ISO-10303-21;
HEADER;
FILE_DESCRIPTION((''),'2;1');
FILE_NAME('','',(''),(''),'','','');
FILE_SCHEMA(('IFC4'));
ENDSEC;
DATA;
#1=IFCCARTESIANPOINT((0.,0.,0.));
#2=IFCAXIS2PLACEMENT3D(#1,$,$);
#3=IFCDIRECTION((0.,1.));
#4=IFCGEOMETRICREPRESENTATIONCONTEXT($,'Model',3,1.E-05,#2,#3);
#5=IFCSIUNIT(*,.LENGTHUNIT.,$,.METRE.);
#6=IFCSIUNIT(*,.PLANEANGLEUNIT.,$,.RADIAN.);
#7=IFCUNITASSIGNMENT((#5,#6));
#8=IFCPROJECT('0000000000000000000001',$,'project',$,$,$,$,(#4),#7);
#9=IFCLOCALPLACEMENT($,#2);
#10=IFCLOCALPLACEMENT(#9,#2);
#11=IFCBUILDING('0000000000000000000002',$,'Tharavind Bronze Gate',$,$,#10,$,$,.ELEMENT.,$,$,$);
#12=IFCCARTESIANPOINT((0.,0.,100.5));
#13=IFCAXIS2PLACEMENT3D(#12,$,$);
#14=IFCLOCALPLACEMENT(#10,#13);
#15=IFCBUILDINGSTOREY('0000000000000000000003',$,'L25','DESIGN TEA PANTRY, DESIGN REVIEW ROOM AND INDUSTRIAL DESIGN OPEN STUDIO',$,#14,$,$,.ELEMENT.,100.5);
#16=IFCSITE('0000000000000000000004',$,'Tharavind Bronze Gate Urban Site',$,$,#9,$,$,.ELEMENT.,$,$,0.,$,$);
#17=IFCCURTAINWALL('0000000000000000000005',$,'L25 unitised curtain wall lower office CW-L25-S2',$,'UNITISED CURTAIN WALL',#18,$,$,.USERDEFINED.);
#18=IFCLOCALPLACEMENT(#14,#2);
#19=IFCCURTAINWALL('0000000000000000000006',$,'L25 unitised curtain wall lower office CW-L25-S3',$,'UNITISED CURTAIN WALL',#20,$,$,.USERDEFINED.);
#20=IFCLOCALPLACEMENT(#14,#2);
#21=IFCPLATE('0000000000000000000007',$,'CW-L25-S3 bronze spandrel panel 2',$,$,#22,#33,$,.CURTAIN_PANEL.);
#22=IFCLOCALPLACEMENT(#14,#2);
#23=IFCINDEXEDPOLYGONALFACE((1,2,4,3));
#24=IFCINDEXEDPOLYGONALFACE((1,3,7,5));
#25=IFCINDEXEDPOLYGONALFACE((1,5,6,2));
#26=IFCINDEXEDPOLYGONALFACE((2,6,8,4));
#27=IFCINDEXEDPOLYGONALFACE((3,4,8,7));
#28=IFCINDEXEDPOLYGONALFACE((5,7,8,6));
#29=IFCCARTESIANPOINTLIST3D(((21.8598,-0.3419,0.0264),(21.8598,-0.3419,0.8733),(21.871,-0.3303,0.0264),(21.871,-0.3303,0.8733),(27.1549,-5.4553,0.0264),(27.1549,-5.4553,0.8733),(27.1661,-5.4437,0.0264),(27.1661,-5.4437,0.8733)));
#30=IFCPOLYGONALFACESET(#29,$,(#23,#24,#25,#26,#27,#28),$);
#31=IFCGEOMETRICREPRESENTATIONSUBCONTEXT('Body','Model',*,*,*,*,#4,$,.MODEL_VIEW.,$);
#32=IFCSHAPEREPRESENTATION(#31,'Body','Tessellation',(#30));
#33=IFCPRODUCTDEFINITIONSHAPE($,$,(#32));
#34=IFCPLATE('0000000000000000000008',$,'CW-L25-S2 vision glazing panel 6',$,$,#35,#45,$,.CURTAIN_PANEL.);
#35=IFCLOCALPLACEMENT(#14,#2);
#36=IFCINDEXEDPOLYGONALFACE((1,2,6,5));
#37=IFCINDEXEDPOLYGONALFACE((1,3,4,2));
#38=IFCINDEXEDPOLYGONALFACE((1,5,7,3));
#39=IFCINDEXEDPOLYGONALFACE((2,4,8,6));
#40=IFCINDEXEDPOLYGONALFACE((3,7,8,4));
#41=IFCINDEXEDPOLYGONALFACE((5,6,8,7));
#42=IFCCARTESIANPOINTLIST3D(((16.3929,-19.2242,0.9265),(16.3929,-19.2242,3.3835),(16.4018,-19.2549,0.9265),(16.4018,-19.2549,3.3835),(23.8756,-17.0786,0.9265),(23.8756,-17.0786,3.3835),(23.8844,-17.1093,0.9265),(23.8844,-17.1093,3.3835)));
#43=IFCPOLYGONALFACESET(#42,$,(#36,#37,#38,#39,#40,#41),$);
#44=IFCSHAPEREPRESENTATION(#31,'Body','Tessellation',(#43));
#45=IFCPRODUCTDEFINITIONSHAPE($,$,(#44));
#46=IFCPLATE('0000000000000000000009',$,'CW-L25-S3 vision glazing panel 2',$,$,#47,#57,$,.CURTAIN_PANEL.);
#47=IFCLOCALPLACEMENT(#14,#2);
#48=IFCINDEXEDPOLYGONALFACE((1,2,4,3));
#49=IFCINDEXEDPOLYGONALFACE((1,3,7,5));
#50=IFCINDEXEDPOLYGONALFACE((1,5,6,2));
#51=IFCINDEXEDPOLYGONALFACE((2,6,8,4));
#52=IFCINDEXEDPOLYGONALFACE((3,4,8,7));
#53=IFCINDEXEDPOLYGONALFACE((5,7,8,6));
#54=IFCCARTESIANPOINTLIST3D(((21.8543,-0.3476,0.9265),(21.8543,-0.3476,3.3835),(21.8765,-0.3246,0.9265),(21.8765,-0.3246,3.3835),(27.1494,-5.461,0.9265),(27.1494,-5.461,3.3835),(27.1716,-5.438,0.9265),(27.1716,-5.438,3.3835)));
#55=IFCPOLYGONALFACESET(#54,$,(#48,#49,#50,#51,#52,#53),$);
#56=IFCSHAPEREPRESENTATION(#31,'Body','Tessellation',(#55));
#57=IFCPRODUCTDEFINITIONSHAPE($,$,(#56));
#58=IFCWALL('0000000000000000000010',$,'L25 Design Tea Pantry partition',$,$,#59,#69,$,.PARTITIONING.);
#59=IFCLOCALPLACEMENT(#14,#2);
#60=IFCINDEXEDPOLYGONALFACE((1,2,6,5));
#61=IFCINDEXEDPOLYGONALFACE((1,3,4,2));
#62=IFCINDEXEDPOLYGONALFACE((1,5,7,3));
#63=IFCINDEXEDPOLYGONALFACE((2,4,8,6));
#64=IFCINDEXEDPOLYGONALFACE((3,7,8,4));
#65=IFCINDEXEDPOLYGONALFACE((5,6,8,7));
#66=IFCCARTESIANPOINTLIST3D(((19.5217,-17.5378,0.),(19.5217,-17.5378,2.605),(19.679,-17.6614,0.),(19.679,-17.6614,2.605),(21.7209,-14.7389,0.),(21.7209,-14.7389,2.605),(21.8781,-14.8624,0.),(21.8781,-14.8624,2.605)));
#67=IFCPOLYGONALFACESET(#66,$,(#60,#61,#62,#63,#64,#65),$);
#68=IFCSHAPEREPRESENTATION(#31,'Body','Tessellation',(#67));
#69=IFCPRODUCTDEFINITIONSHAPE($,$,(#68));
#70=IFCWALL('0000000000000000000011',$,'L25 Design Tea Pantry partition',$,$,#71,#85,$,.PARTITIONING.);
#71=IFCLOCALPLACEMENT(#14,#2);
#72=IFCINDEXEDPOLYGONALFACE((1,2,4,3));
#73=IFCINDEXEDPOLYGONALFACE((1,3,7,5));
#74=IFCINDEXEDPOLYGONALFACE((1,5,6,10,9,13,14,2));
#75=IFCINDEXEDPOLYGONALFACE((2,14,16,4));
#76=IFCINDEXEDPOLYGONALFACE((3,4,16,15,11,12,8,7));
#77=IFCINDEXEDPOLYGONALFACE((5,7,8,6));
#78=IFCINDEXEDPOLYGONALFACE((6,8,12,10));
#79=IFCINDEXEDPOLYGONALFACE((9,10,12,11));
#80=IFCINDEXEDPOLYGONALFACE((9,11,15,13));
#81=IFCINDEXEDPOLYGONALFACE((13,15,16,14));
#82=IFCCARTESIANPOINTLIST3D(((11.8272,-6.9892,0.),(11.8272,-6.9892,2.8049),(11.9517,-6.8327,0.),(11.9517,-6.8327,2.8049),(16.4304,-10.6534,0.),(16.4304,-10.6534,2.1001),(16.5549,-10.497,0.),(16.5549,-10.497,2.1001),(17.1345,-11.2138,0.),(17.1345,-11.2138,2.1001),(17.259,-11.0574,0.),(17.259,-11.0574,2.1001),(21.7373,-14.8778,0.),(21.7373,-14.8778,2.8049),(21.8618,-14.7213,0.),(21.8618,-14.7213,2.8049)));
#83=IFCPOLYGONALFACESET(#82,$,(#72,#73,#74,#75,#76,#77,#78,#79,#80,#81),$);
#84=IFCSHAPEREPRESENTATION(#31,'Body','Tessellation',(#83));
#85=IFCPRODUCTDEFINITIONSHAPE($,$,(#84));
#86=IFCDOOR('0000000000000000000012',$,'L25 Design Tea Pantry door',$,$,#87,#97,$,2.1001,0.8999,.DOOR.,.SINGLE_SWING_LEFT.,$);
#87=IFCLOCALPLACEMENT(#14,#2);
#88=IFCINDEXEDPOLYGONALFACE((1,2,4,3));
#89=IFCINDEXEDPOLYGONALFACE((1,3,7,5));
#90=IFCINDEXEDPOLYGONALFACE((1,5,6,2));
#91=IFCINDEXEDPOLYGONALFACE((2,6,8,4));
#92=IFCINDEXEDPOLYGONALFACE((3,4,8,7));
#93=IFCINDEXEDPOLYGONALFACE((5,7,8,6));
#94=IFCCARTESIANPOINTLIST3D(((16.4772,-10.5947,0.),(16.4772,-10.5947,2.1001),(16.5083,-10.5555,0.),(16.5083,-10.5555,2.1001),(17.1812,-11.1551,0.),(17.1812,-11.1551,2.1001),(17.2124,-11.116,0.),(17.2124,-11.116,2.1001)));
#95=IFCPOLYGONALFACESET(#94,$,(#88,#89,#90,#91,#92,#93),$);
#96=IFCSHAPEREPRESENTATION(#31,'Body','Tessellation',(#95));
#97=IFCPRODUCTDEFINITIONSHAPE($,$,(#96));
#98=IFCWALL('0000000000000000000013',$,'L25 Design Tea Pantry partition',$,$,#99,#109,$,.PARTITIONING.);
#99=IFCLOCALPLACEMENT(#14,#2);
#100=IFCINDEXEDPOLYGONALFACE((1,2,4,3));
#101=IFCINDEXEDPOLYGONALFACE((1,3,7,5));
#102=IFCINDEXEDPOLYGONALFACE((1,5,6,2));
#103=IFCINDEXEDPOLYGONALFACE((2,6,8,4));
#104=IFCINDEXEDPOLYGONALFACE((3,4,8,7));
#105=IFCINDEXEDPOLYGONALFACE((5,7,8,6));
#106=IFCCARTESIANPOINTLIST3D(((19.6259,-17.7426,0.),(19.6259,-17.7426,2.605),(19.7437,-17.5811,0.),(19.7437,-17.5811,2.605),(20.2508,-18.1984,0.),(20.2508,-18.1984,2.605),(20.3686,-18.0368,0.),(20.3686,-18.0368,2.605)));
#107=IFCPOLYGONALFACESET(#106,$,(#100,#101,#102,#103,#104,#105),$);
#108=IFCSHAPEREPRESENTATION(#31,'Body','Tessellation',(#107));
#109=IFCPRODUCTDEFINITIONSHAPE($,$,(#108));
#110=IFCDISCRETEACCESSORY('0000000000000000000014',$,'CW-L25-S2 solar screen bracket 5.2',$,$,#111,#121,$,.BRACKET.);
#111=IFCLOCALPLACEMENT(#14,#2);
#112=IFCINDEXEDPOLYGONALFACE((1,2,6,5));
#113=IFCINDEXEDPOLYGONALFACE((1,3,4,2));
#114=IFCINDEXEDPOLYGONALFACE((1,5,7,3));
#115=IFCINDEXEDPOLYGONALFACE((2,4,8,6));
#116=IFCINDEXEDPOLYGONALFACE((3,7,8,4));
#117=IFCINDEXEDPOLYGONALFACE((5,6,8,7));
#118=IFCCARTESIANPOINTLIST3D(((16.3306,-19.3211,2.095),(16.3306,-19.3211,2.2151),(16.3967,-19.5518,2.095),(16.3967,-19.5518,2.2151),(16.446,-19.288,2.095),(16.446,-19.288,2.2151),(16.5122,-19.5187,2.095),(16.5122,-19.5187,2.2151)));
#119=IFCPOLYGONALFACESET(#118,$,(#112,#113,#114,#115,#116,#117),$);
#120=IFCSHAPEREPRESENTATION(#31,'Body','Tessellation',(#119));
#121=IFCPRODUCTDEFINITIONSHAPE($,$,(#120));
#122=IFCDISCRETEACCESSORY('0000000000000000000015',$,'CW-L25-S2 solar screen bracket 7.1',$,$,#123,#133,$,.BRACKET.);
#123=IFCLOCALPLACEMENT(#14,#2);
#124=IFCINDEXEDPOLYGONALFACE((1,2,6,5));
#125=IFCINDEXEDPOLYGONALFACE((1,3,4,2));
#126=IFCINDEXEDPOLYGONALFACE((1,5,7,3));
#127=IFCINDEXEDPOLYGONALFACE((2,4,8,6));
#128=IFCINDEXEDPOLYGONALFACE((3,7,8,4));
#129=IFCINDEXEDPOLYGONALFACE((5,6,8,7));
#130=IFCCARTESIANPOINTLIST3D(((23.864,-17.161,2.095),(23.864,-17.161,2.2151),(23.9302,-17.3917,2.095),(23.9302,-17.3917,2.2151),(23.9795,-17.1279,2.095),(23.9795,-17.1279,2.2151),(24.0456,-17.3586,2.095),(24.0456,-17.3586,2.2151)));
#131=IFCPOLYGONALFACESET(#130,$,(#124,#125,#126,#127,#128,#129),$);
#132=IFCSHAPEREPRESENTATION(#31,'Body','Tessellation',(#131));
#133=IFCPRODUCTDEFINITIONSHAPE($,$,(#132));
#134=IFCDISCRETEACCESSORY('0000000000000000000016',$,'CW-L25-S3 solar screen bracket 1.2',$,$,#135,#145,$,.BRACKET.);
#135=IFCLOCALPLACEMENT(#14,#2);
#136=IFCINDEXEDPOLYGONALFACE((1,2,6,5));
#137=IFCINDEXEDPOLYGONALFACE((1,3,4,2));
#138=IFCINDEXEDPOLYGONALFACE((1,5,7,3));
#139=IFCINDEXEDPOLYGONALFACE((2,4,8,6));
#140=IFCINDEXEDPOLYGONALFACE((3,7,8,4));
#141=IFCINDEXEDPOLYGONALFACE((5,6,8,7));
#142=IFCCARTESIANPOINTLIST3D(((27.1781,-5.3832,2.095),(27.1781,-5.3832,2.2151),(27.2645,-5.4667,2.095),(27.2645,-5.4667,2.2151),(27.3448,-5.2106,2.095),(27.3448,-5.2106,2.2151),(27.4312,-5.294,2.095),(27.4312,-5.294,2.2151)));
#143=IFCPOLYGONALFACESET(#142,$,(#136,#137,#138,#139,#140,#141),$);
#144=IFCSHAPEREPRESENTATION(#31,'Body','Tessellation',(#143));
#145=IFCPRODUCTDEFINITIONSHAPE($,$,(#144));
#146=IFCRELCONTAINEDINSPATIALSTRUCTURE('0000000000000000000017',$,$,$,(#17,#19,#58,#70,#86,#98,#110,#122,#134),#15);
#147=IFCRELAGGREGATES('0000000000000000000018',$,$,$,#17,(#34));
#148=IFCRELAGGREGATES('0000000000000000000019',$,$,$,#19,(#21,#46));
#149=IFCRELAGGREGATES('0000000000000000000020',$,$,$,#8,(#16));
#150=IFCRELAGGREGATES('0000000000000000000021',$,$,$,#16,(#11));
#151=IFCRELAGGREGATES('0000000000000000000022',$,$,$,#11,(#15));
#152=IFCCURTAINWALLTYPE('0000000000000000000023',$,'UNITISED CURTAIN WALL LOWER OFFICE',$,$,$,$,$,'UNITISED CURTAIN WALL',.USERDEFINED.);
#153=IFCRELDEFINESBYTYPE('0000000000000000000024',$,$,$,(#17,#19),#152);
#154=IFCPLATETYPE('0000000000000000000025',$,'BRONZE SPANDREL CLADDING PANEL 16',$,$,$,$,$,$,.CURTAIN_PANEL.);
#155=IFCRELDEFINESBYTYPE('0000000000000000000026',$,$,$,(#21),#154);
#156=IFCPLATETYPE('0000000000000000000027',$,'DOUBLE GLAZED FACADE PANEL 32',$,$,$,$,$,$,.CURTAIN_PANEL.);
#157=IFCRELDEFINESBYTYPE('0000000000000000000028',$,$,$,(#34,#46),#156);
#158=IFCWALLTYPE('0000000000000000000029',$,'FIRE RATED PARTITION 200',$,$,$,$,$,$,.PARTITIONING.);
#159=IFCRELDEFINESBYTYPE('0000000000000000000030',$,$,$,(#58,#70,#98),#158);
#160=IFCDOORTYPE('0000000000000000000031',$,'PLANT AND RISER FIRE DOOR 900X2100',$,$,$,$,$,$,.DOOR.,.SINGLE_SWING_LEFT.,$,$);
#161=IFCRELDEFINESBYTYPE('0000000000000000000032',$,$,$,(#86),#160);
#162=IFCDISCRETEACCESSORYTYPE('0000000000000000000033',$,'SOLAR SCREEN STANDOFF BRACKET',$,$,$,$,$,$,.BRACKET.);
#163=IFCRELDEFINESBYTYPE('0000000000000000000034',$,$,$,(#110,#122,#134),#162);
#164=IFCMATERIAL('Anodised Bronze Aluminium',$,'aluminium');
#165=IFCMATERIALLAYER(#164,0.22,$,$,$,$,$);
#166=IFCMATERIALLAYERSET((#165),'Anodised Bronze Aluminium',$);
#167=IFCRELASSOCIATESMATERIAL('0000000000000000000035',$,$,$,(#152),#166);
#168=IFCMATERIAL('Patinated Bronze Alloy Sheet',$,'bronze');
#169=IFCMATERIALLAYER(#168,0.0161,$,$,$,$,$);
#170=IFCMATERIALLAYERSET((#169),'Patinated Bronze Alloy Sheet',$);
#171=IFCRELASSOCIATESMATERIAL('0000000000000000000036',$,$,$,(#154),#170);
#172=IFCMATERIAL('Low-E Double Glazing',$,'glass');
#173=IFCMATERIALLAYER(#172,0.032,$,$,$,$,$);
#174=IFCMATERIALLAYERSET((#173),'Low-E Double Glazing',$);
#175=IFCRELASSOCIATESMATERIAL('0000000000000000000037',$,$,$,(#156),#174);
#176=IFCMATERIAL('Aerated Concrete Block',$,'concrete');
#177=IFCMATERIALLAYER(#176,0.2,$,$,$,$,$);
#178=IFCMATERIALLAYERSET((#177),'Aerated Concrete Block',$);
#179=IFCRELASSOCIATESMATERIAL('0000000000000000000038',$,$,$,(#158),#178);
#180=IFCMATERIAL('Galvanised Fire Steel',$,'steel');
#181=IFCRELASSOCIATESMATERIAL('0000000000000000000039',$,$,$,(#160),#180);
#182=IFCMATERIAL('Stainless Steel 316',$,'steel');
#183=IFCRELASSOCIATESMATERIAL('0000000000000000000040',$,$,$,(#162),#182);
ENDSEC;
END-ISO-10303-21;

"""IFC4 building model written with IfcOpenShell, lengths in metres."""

from ifc_helpers import new_model, si_unit, direction, frame, frame_2d, origin, origin_2d, place, context, subcontext, project, spatial, rectangle, extrude, material, layer, layer_set, type_object, element, fill, aggregate, save


model = new_model("IFC4")

# Units and contexts
model_context = context("Model", 3, precision=1e-05, world=origin(), true_north=direction((0.0, 1.0)))
body_context = subcontext(model_context, "Body", "Model", "MODEL_VIEW")
ifc_project = project(units=[si_unit("LENGTHUNIT", "METRE"), si_unit("PLANEANGLEUNIT", "RADIAN")], contexts=[model_context])

# Site, building, storey
site_placement = place(None, origin())
site = spatial("IfcSite", under=ifc_project, at=site_placement, Name="Tharavind Bronze Gate Urban Site", CompositionType="ELEMENT", RefElevation=0.0)
building_placement = place(site_placement, origin())
building = spatial("IfcBuilding", under=site, at=building_placement, Name="Tharavind Bronze Gate", CompositionType="ELEMENT")
storey_placement = place(building_placement, frame((0.0, 0.0, 100.5)))
storey = spatial("IfcBuildingStorey", under=building, at=storey_placement, Name="L25", Description="DESIGN TEA PANTRY, DESIGN REVIEW ROOM AND INDUSTRIAL DESIGN OPEN STUDIO", CompositionType="ELEMENT", Elevation=100.5)

# Curtain wall
ifc_material_1 = material(Name="Anodised Bronze Aluminium", Category="aluminium")
ifc_layer_1 = layer(ifc_material_1, 0.22)
ifc_layer_set_1 = layer_set([ifc_layer_1], Name="Anodised Bronze Aluminium")
curtain_wall_type = type_object("IfcCurtainWallType", Name="UNITISED CURTAIN WALL LOWER OFFICE", ElementType="UNITISED CURTAIN WALL", PredefinedType="USERDEFINED", material=ifc_layer_set_1)
curtain_wall_1_placement = place(storey_placement, origin())
curtain_wall_1 = element("IfcCurtainWall", 1, at=curtain_wall_1_placement, inside=storey, type_object=curtain_wall_type, Name="L25 unitised curtain wall lower office CW-L25-S2", ObjectType="UNITISED CURTAIN WALL", PredefinedType="USERDEFINED")

# Curtain wall
curtain_wall_2_placement = place(storey_placement, origin())
curtain_wall_2 = element("IfcCurtainWall", 2, at=curtain_wall_2_placement, inside=storey, type_object=curtain_wall_type, Name="L25 unitised curtain wall lower office CW-L25-S3", ObjectType="UNITISED CURTAIN WALL", PredefinedType="USERDEFINED")

# Plates
ifc_material_2 = material(Name="Patinated Bronze Alloy Sheet", Category="bronze")
ifc_layer_2 = layer(ifc_material_2, 0.0161)
ifc_layer_set_2 = layer_set([ifc_layer_2], Name="Patinated Bronze Alloy Sheet")
plate_type_1 = type_object("IfcPlateType", Name="BRONZE SPANDREL CLADDING PANEL 16", PredefinedType="CURTAIN_PANEL", material=ifc_layer_set_2)
plate_1_placement = place(storey_placement, frame((24.5129, -2.8928, 0.0264), z_axis=(0.0, 0.0, 1.0), x_axis=(-0.719341, 0.694657, 0.0)))
plate_1 = element("IfcPlate", 3, at=plate_1_placement, type_object=plate_type_1, Name="CW-L25-S3 bronze spandrel panel 2", PredefinedType="CURTAIN_PANEL", context=body_context, shape_type="SweptSolid", body=[
    extrude(rectangle(XDim=7.3611, YDim=0.0161, at=origin_2d()), origin(), (0.0, 0.0, 1.0), 0.8469),
])
ifc_material_3 = material(Name="Low-E Double Glazing", Category="glass")
ifc_layer_3 = layer(ifc_material_3, 0.032)
ifc_layer_set_3 = layer_set([ifc_layer_3], Name="Low-E Double Glazing")
plate_type_2 = type_object("IfcPlateType", Name="DOUBLE GLAZED FACADE PANEL 32", PredefinedType="CURTAIN_PANEL", material=ifc_layer_set_3)
plate_2_placement = place(storey_placement, frame((20.1387, -18.1667, 0.9265), z_axis=(0.0, 0.0, 1.0), x_axis=(0.961262, 0.275637, 0.0)))
plate_2 = element("IfcPlate", 4, at=plate_2_placement, type_object=plate_type_2, Name="CW-L25-S2 vision glazing panel 6", PredefinedType="CURTAIN_PANEL", context=body_context, shape_type="SweptSolid", body=[
    extrude(rectangle(XDim=7.7842, YDim=0.032, at=origin_2d()), origin(), (0.0, 0.0, 1.0), 2.457),
])
aggregate(curtain_wall_1, [plate_2])
plate_3_placement = place(storey_placement, frame((24.5129, -2.8928, 0.9265), z_axis=(0.0, 0.0, 1.0), x_axis=(-0.719341, 0.694657, 0.0)))
plate_3 = element("IfcPlate", 5, at=plate_3_placement, type_object=plate_type_2, Name="CW-L25-S3 vision glazing panel 2", PredefinedType="CURTAIN_PANEL", context=body_context, shape_type="SweptSolid", body=[
    extrude(rectangle(XDim=7.3611, YDim=0.032, at=origin_2d()), origin(), (0.0, 0.0, 1.0), 2.457),
])
aggregate(curtain_wall_2, [plate_1, plate_3])

# Wall
ifc_material_4 = material(Name="Aerated Concrete Block", Category="concrete")
ifc_layer_4 = layer(ifc_material_4, 0.2)
ifc_layer_set_4 = layer_set([ifc_layer_4], Name="Aerated Concrete Block")
wall_type = type_object("IfcWallType", Name="FIRE RATED PARTITION 200", PredefinedType="PARTITIONING", material=ifc_layer_set_4)
wall_1_placement = place(storey_placement, frame((19.6003, -17.5996, 0.0), z_axis=(0.0, 0.0, 1.0), x_axis=(0.617812, 0.786325, 0.0)))
element("IfcWall", 6, at=wall_1_placement, inside=storey, type_object=wall_type, Name="L25 Design Tea Pantry partition", PredefinedType="PARTITIONING", context=body_context, shape_type="SweptSolid", body=[
    extrude(rectangle(XDim=3.5596, YDim=0.2, at=frame_2d((1.7798, 0.0))), origin(), (0.0, 0.0, 1.0), 2.605),
])

# Wall, opening, door
wall_2_placement = place(storey_placement, frame((21.7996, -14.7996, 0.0), z_axis=(0.0, 0.0, 1.0), x_axis=(-0.782386, 0.622794, 0.0)))
wall_2 = element("IfcWall", 7, at=wall_2_placement, inside=storey, type_object=wall_type, Name="L25 Design Tea Pantry partition", PredefinedType="PARTITIONING", context=body_context, shape_type="SweptSolid", body=[
    extrude(rectangle(XDim=12.6665, YDim=0.2, at=frame_2d((6.3333, 0.0))), origin(), (0.0, 0.0, 1.0), 2.8049),
])
opening_placement = place(wall_2_placement, frame((5.8831, 0.0, 0.0)))
opening = element("IfcOpeningElement", 8, at=opening_placement, cuts=wall_2, PredefinedType="OPENING", context=body_context, shape_type="SweptSolid", body=[
    extrude(rectangle(XDim=0.8999, YDim=2.1001, at=frame_2d((0.45, 1.05))), frame((0.0, 0.1101, 0.0), z_axis=(0.0, -1.0, 0.0), x_axis=(1.0, 0.0, 0.0)), (0.0, 0.0, 1.0), 0.22),
])
ifc_material_5 = material(Name="Galvanised Fire Steel", Category="steel")
door_type = type_object("IfcDoorType", Name="PLANT AND RISER FIRE DOOR 900X2100", OperationType="SINGLE_SWING_LEFT", PredefinedType="DOOR", material=ifc_material_5)
door_placement = place(opening_placement, origin())
door = element("IfcDoor", 9, at=door_placement, inside=storey, type_object=door_type, Name="L25 Design Tea Pantry door", OperationType="SINGLE_SWING_LEFT", OverallHeight=2.1001, OverallWidth=0.8999, PredefinedType="DOOR", context=body_context, shape_type="SweptSolid", body=[
    extrude(rectangle(XDim=0.8999, YDim=2.1001, at=frame_2d((0.45, 1.05))), frame((0.0, 0.0249, 0.0), z_axis=(0.0, -1.0, 0.0), x_axis=(1.0, 0.0, 0.0)), (0.0, 0.0, 1.0), 0.05),
])
fill(opening, door)

# Wall
wall_3_placement = place(storey_placement, frame((19.6848, -17.6619, 0.0), z_axis=(0.0, 0.0, 1.0), x_axis=(0.807957, -0.589241, 0.0)))
element("IfcWall", 10, at=wall_3_placement, inside=storey, type_object=wall_type, Name="L25 Design Tea Pantry partition", PredefinedType="PARTITIONING", context=body_context, shape_type="SweptSolid", body=[
    extrude(rectangle(XDim=0.7734, YDim=0.2, at=frame_2d((0.3867, 0.0))), origin(), (0.0, 0.0, 1.0), 2.605),
])

# Discrete accessories
ifc_material_6 = material(Name="Stainless Steel 316", Category="steel")
discrete_accessory_type = type_object("IfcDiscreteAccessoryType", Name="SOLAR SCREEN STANDOFF BRACKET", PredefinedType="BRACKET", material=ifc_material_6)
for number, where, z_axis, x_axis, name in (
    (11, (16.4214, -19.4199, 2.095), (0.0, 0.0, 1.0), (0.961262, 0.275637, 0.0), "CW-L25-S2 solar screen bracket 5.2"),
    (12, (23.9548, -17.2598, 2.095), (0.0, 0.0, 1.0), (0.961262, 0.275637, 0.0), "CW-L25-S2 solar screen bracket 7.1"),
    (13, (27.3047, -5.3386, 2.095), (0.0, 0.0, 1.0), (-0.719341, 0.694657, 0.0), "CW-L25-S3 solar screen bracket 1.2"),
):
    element("IfcDiscreteAccessory", number, at=place(storey_placement, frame(where, z_axis=z_axis, x_axis=x_axis)), inside=storey, type_object=discrete_accessory_type, Name=name, PredefinedType="BRACKET", context=body_context, shape_type="SweptSolid", body=[
        extrude(rectangle(XDim=0.1201, YDim=0.24, at=origin_2d()), origin(), (0.0, 0.0, 1.0), 0.1201),
    ])

save(model, "model.ifc")
